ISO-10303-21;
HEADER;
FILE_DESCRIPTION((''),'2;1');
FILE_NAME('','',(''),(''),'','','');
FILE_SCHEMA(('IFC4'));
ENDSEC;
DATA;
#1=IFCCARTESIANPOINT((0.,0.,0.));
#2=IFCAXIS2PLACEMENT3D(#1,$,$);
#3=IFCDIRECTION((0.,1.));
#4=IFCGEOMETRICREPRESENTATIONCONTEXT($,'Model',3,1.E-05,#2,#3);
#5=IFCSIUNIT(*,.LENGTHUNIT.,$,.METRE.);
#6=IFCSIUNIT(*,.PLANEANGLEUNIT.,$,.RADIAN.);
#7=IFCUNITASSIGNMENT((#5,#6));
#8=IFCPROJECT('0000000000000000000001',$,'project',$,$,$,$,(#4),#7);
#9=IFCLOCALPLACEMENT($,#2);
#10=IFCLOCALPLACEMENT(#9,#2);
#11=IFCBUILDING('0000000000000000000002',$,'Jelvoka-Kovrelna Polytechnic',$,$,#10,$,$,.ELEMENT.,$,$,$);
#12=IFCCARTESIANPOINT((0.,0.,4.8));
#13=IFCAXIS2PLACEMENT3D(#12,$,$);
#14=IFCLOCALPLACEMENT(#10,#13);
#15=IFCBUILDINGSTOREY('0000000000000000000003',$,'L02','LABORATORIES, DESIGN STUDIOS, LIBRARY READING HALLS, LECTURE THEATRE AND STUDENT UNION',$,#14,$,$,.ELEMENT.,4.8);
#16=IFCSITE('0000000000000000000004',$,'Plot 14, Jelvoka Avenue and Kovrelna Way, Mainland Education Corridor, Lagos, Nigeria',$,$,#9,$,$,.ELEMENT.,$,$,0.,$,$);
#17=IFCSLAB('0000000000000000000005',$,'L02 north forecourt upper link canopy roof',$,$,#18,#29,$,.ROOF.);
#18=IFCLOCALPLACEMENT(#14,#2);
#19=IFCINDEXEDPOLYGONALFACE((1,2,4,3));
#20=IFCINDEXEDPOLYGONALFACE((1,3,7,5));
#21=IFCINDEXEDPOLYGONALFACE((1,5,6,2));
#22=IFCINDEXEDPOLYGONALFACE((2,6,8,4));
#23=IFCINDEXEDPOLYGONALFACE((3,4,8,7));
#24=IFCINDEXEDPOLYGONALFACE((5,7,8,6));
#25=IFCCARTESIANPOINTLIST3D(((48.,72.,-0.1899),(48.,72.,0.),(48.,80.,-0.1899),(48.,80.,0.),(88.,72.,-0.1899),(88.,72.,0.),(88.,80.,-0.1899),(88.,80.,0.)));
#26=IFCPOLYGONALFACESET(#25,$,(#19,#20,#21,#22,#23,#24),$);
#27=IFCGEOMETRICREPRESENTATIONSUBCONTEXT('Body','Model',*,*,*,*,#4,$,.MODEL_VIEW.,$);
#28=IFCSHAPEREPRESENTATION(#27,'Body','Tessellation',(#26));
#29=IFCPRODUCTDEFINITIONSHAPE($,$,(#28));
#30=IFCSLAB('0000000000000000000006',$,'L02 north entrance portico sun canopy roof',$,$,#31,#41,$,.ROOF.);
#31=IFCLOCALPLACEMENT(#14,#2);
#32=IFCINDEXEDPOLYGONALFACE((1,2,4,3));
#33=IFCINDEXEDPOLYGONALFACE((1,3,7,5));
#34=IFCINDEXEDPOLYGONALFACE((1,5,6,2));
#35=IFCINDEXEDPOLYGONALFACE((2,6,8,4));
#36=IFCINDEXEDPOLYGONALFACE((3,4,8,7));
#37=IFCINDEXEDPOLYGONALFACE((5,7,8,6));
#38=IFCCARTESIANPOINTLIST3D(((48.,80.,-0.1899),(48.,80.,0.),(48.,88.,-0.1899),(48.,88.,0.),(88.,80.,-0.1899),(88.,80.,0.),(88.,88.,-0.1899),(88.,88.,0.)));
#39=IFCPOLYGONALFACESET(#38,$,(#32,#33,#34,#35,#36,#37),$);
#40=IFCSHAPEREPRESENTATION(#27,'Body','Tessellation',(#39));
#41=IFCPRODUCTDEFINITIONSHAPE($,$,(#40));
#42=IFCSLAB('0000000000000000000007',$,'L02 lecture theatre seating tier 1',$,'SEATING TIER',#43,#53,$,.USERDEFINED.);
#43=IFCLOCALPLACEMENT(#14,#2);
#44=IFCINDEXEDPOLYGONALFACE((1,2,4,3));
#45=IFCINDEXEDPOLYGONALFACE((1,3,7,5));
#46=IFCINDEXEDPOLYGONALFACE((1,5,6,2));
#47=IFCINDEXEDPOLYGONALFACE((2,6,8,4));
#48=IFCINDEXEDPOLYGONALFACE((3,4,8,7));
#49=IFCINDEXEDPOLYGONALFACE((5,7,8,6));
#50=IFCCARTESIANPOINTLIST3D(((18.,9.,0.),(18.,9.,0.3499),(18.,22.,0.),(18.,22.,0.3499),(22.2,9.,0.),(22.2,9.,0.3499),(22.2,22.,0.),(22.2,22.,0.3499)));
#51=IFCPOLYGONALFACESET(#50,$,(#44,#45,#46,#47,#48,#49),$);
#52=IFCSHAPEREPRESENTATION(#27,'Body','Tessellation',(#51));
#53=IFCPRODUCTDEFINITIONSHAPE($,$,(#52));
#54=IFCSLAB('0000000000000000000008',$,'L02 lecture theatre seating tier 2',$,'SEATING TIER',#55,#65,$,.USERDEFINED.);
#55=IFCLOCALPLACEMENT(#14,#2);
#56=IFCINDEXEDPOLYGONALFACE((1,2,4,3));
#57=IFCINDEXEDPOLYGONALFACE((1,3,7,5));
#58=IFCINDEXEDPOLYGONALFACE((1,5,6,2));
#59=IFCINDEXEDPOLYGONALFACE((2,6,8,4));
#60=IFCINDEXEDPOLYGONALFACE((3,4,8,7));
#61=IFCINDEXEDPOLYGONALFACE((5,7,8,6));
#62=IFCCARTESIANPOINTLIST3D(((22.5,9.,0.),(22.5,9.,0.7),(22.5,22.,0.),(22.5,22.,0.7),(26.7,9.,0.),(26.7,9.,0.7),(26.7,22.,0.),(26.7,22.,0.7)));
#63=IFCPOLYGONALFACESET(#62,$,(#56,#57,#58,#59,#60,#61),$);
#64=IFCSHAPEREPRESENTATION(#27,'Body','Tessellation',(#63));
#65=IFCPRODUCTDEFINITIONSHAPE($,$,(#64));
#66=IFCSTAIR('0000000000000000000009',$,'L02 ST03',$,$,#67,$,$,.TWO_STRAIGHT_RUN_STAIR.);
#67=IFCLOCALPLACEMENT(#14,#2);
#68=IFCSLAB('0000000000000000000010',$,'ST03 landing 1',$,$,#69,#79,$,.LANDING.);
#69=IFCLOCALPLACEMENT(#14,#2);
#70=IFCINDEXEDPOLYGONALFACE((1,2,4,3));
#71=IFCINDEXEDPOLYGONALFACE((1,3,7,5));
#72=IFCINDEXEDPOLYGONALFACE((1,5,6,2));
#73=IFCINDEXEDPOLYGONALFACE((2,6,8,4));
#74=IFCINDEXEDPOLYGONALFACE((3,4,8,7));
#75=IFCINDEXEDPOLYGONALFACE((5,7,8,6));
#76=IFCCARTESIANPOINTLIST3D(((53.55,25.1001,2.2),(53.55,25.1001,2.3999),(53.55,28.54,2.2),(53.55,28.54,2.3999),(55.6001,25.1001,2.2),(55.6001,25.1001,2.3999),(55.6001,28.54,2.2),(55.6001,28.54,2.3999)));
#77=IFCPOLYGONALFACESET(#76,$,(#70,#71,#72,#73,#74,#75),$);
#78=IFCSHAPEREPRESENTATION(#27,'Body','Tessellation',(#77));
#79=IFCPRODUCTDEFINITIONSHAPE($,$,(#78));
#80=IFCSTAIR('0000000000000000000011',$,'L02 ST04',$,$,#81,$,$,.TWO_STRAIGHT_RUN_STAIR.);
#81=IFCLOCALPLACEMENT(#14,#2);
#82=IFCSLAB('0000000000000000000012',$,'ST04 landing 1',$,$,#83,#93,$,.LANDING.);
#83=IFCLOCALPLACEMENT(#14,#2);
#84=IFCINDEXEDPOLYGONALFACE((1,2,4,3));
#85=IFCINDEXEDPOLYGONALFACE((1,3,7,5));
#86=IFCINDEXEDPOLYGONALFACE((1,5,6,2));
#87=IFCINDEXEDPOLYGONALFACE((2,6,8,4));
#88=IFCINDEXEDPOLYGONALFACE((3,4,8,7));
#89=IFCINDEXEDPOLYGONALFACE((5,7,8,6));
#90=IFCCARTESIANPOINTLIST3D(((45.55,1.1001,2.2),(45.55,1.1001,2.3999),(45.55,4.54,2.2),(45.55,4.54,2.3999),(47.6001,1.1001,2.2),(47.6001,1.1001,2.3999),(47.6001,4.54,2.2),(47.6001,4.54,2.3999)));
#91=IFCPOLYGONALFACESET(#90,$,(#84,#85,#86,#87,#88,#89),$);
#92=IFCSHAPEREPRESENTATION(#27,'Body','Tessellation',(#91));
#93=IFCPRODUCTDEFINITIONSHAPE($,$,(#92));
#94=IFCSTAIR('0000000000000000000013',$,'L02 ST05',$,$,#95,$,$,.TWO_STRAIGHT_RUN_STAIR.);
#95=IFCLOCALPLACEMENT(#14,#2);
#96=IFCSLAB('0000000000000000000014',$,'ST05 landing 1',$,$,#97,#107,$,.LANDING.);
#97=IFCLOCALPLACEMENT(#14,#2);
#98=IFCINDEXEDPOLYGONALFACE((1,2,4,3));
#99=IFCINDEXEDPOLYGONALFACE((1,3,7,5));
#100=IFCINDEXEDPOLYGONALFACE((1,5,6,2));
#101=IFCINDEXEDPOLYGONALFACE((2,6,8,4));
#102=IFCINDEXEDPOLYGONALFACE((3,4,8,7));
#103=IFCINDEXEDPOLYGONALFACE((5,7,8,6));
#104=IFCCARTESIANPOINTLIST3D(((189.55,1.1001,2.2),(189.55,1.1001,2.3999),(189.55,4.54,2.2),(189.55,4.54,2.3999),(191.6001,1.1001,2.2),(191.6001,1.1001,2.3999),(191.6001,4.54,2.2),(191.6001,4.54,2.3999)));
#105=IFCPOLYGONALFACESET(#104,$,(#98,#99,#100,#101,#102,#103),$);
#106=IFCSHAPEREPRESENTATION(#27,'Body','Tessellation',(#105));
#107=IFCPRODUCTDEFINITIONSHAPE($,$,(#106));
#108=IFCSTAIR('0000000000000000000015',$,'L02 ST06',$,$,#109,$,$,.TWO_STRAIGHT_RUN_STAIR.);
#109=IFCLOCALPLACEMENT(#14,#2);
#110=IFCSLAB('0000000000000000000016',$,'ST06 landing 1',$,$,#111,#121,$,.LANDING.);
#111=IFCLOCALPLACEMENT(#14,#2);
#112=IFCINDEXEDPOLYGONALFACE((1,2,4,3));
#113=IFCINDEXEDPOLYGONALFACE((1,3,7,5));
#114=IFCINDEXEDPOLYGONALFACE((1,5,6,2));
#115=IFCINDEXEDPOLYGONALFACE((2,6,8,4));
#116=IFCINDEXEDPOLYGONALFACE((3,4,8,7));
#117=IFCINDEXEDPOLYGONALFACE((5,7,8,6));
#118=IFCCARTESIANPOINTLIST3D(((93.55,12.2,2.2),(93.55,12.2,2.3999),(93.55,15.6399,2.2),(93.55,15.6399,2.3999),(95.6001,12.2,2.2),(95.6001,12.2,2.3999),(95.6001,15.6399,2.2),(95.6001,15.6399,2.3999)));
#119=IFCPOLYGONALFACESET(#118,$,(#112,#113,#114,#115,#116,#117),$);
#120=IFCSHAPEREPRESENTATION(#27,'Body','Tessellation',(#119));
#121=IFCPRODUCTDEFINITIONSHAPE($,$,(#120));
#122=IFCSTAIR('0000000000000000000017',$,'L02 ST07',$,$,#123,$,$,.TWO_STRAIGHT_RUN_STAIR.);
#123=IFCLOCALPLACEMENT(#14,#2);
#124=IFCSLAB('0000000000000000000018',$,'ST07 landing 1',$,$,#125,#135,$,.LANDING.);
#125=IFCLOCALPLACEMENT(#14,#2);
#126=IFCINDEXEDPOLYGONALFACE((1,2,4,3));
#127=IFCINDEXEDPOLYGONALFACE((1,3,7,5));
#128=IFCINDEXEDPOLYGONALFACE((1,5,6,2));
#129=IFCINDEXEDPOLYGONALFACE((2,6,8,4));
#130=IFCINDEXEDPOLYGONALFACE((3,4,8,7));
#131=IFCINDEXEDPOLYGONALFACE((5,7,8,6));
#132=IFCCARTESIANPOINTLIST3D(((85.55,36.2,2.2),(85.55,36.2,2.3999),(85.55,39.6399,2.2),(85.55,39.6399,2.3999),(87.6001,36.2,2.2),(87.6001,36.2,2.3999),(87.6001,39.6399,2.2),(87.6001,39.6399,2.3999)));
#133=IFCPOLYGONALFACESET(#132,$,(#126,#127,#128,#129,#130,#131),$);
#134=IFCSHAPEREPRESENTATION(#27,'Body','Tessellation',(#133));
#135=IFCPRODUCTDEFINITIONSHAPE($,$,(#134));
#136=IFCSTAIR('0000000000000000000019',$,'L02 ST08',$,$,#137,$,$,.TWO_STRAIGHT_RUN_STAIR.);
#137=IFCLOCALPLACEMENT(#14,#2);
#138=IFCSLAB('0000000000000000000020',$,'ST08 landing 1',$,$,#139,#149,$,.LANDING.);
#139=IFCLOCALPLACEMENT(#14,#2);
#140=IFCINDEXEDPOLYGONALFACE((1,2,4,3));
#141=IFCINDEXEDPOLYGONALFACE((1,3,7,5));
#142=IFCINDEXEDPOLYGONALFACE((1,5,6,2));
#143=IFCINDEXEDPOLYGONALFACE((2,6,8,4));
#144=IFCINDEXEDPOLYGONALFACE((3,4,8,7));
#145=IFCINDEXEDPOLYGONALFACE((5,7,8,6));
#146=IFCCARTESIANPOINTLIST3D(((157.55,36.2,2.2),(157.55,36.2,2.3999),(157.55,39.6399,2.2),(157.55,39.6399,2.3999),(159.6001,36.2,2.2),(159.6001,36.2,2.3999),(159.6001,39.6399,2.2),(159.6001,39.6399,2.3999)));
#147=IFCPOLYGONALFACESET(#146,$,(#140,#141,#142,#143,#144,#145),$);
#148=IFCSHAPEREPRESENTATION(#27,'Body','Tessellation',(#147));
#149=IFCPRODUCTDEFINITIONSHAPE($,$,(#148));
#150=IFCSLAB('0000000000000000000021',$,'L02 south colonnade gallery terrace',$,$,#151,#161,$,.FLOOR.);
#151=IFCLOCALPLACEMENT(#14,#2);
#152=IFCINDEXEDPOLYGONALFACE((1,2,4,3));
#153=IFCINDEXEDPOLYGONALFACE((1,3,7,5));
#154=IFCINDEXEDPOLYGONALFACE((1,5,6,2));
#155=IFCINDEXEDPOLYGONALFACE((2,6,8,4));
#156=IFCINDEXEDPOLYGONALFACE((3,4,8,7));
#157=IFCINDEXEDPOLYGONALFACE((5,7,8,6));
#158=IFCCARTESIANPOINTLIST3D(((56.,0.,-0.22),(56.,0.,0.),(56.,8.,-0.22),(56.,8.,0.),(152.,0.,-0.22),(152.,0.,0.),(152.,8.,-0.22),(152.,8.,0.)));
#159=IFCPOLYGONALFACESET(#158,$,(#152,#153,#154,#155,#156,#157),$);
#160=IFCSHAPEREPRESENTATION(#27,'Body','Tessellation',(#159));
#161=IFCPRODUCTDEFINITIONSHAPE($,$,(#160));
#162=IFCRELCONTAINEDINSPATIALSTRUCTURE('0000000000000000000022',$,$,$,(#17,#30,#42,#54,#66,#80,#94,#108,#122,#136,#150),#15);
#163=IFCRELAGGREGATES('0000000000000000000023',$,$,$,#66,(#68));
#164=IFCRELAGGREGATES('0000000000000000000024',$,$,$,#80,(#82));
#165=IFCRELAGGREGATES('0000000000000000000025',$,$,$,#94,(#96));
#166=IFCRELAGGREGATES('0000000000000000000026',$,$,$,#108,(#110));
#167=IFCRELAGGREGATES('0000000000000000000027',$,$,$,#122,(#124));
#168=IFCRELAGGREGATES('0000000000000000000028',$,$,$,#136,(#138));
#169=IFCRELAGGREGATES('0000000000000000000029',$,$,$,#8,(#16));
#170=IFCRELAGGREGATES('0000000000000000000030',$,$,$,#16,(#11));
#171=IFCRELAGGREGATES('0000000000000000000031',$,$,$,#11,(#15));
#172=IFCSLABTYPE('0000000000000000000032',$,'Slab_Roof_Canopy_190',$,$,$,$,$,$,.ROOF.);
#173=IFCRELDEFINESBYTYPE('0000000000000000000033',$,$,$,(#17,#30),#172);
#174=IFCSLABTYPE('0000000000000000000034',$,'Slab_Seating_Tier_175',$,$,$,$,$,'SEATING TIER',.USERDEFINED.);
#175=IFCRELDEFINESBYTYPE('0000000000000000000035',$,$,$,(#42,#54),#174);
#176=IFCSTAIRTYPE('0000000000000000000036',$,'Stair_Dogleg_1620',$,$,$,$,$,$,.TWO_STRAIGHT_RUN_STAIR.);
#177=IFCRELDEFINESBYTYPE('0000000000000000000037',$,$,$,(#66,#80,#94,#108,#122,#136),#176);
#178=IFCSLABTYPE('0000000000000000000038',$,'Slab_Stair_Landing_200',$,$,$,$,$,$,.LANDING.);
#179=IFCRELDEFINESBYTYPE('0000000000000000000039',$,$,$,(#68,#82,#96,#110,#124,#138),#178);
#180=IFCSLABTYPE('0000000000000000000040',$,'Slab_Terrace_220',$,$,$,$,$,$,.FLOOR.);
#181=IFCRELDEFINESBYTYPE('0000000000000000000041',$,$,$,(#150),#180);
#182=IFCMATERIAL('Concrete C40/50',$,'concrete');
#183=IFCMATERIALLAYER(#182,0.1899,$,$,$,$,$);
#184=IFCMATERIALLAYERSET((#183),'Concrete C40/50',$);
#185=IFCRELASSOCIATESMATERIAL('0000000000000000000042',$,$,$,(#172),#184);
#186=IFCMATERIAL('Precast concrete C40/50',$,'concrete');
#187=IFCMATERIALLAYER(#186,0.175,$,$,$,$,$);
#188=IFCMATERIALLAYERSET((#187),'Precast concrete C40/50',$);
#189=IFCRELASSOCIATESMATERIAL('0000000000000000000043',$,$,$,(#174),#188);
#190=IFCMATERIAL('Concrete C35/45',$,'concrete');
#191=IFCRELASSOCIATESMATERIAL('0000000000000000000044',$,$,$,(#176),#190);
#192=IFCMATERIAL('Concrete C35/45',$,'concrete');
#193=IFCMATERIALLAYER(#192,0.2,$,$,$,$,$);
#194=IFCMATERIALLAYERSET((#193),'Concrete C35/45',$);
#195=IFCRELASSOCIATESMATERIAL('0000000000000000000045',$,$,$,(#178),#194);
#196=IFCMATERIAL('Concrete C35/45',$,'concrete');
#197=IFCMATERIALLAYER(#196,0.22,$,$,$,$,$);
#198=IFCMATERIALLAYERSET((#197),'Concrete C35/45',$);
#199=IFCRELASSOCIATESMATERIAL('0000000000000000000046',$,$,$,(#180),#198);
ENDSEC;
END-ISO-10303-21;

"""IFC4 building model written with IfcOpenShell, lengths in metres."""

from ifc_helpers import new_model, si_unit, direction, frame, origin, place, context, subcontext, project, spatial, polyline, outline, extrude, material, layer, layer_set, type_object, element, aggregate, save


model = new_model("IFC4")

# Units and contexts
model_context = context("Model", 3, precision=1e-05, world=origin(), true_north=direction((0.0, 1.0)))
body_context = subcontext(model_context, "Body", "Model", "MODEL_VIEW")
ifc_project = project(units=[si_unit("LENGTHUNIT", "METRE"), si_unit("PLANEANGLEUNIT", "RADIAN")], contexts=[model_context])

# Site, building, storey
site_placement = place(None, origin())
site = spatial("IfcSite", under=ifc_project, at=site_placement, Name="Plot 14, Jelvoka Avenue and Kovrelna Way, Mainland Education Corridor, Lagos, Nigeria", CompositionType="ELEMENT", RefElevation=0.0)
building_placement = place(site_placement, origin())
building = spatial("IfcBuilding", under=site, at=building_placement, Name="Jelvoka-Kovrelna Polytechnic", CompositionType="ELEMENT")
storey_placement = place(building_placement, frame((0.0, 0.0, 4.8)))
storey = spatial("IfcBuildingStorey", under=building, at=storey_placement, Name="L02", Description="LABORATORIES, DESIGN STUDIOS, LIBRARY READING HALLS, LECTURE THEATRE AND STUDENT UNION", CompositionType="ELEMENT", Elevation=4.8)

# Slabs
ifc_material_1 = material(Name="Concrete C40/50", Category="concrete")
ifc_layer_1 = layer(ifc_material_1, 0.1899)
ifc_layer_set_1 = layer_set([ifc_layer_1], Name="Concrete C40/50")
slab_type_1 = type_object("IfcSlabType", Name="Slab_Roof_Canopy_190", PredefinedType="ROOF", material=ifc_layer_set_1)
slab_1_placement = place(storey_placement, frame((0.0, 0.0, -0.1899)))
element("IfcSlab", 1, at=slab_1_placement, inside=storey, type_object=slab_type_1, Name="L02 north forecourt upper link canopy roof", PredefinedType="ROOF", context=body_context, shape_type="SweptSolid", body=[
    extrude(outline(polyline([(48.0, 72.0), (88.0, 72.0), (88.0, 80.0), (48.0, 80.0), (48.0, 72.0)])), origin(), (0.0, 0.0, 1.0), 0.1899),
])
slab_2_placement = place(storey_placement, frame((0.0, 0.0, -0.1899)))
element("IfcSlab", 2, at=slab_2_placement, inside=storey, type_object=slab_type_1, Name="L02 north entrance portico sun canopy roof", PredefinedType="ROOF", context=body_context, shape_type="SweptSolid", body=[
    extrude(outline(polyline([(48.0, 80.0), (88.0, 80.0), (88.0, 88.0), (48.0, 88.0), (48.0, 80.0)])), origin(), (0.0, 0.0, 1.0), 0.1899),
])
ifc_material_2 = material(Name="Precast concrete C40/50", Category="concrete")
ifc_layer_2 = layer(ifc_material_2, 0.175)
ifc_layer_set_2 = layer_set([ifc_layer_2], Name="Precast concrete C40/50")
slab_type_2 = type_object("IfcSlabType", Name="Slab_Seating_Tier_175", ElementType="SEATING TIER", PredefinedType="USERDEFINED", material=ifc_layer_set_2)
slab_3_placement = place(storey_placement, origin())
element("IfcSlab", 3, at=slab_3_placement, inside=storey, type_object=slab_type_2, Name="L02 lecture theatre seating tier 1", ObjectType="SEATING TIER", PredefinedType="USERDEFINED", context=body_context, shape_type="SweptSolid", body=[
    extrude(outline(polyline([(18.0, 9.0), (22.2, 9.0), (22.2, 22.0), (18.0, 22.0), (18.0, 9.0)])), origin(), (0.0, 0.0, 1.0), 0.3499),
])
slab_4_placement = place(storey_placement, origin())
element("IfcSlab", 4, at=slab_4_placement, inside=storey, type_object=slab_type_2, Name="L02 lecture theatre seating tier 2", ObjectType="SEATING TIER", PredefinedType="USERDEFINED", context=body_context, shape_type="SweptSolid", body=[
    extrude(outline(polyline([(22.5, 9.0), (26.7, 9.0), (26.7, 22.0), (22.5, 22.0), (22.5, 9.0)])), origin(), (0.0, 0.0, 1.0), 0.7),
])

# Stairs, slabs
ifc_material_3 = material(Name="Concrete C35/45", Category="concrete")
stair_type = type_object("IfcStairType", Name="Stair_Dogleg_1620", PredefinedType="TWO_STRAIGHT_RUN_STAIR", material=ifc_material_3)
stair_1_placement = place(storey_placement, origin())
stair_1 = element("IfcStair", 5, at=stair_1_placement, inside=storey, type_object=stair_type, Name="L02 ST03", PredefinedType="TWO_STRAIGHT_RUN_STAIR")
ifc_material_4 = material(Name="Concrete C35/45", Category="concrete")
ifc_layer_3 = layer(ifc_material_4, 0.2)
ifc_layer_set_3 = layer_set([ifc_layer_3], Name="Concrete C35/45")
slab_type_3 = type_object("IfcSlabType", Name="Slab_Stair_Landing_200", PredefinedType="LANDING", material=ifc_layer_set_3)
slab_5_placement = place(storey_placement, frame((0.0, 0.0, 2.2)))
slab_5 = element("IfcSlab", 6, at=slab_5_placement, type_object=slab_type_3, Name="ST03 landing 1", PredefinedType="LANDING", context=body_context, shape_type="SweptSolid", body=[
    extrude(outline(polyline([(53.55, 25.1001), (55.6001, 25.1001), (55.6001, 28.54), (53.55, 28.54), (53.55, 25.1001)])), origin(), (0.0, 0.0, 1.0), 0.2),
])
aggregate(stair_1, [slab_5])
stair_2_placement = place(storey_placement, origin())
stair_2 = element("IfcStair", 7, at=stair_2_placement, inside=storey, type_object=stair_type, Name="L02 ST04", PredefinedType="TWO_STRAIGHT_RUN_STAIR")
slab_6_placement = place(storey_placement, frame((0.0, 0.0, 2.2)))
slab_6 = element("IfcSlab", 8, at=slab_6_placement, type_object=slab_type_3, Name="ST04 landing 1", PredefinedType="LANDING", context=body_context, shape_type="SweptSolid", body=[
    extrude(outline(polyline([(45.55, 1.1001), (47.6001, 1.1001), (47.6001, 4.54), (45.55, 4.54), (45.55, 1.1001)])), origin(), (0.0, 0.0, 1.0), 0.2),
])
aggregate(stair_2, [slab_6])
stair_3_placement = place(storey_placement, origin())
stair_3 = element("IfcStair", 9, at=stair_3_placement, inside=storey, type_object=stair_type, Name="L02 ST05", PredefinedType="TWO_STRAIGHT_RUN_STAIR")
slab_7_placement = place(storey_placement, frame((0.0, 0.0, 2.2)))
slab_7 = element("IfcSlab", 10, at=slab_7_placement, type_object=slab_type_3, Name="ST05 landing 1", PredefinedType="LANDING", context=body_context, shape_type="SweptSolid", body=[
    extrude(outline(polyline([(189.55, 1.1001), (191.6001, 1.1001), (191.6001, 4.54), (189.55, 4.54), (189.55, 1.1001)])), origin(), (0.0, 0.0, 1.0), 0.2),
])
aggregate(stair_3, [slab_7])
stair_4_placement = place(storey_placement, origin())
stair_4 = element("IfcStair", 11, at=stair_4_placement, inside=storey, type_object=stair_type, Name="L02 ST06", PredefinedType="TWO_STRAIGHT_RUN_STAIR")
slab_8_placement = place(storey_placement, frame((0.0, 0.0, 2.2)))
slab_8 = element("IfcSlab", 12, at=slab_8_placement, type_object=slab_type_3, Name="ST06 landing 1", PredefinedType="LANDING", context=body_context, shape_type="SweptSolid", body=[
    extrude(outline(polyline([(93.55, 12.2), (95.6001, 12.2), (95.6001, 15.6399), (93.55, 15.6399), (93.55, 12.2)])), origin(), (0.0, 0.0, 1.0), 0.2),
])
aggregate(stair_4, [slab_8])
stair_5_placement = place(storey_placement, origin())
stair_5 = element("IfcStair", 13, at=stair_5_placement, inside=storey, type_object=stair_type, Name="L02 ST07", PredefinedType="TWO_STRAIGHT_RUN_STAIR")
slab_9_placement = place(storey_placement, frame((0.0, 0.0, 2.2)))
slab_9 = element("IfcSlab", 14, at=slab_9_placement, type_object=slab_type_3, Name="ST07 landing 1", PredefinedType="LANDING", context=body_context, shape_type="SweptSolid", body=[
    extrude(outline(polyline([(85.55, 36.2), (87.6001, 36.2), (87.6001, 39.6399), (85.55, 39.6399), (85.55, 36.2)])), origin(), (0.0, 0.0, 1.0), 0.2),
])
aggregate(stair_5, [slab_9])
stair_6_placement = place(storey_placement, origin())
stair_6 = element("IfcStair", 15, at=stair_6_placement, inside=storey, type_object=stair_type, Name="L02 ST08", PredefinedType="TWO_STRAIGHT_RUN_STAIR")
slab_10_placement = place(storey_placement, frame((0.0, 0.0, 2.2)))
slab_10 = element("IfcSlab", 16, at=slab_10_placement, type_object=slab_type_3, Name="ST08 landing 1", PredefinedType="LANDING", context=body_context, shape_type="SweptSolid", body=[
    extrude(outline(polyline([(157.55, 36.2), (159.6001, 36.2), (159.6001, 39.6399), (157.55, 39.6399), (157.55, 36.2)])), origin(), (0.0, 0.0, 1.0), 0.2),
])
aggregate(stair_6, [slab_10])

# Slab
ifc_material_5 = material(Name="Concrete C35/45", Category="concrete")
ifc_layer_4 = layer(ifc_material_5, 0.22)
ifc_layer_set_4 = layer_set([ifc_layer_4], Name="Concrete C35/45")
slab_type_4 = type_object("IfcSlabType", Name="Slab_Terrace_220", PredefinedType="FLOOR", material=ifc_layer_set_4)
slab_11_placement = place(storey_placement, frame((0.0, 0.0, -0.22)))
element("IfcSlab", 17, at=slab_11_placement, inside=storey, type_object=slab_type_4, Name="L02 south colonnade gallery terrace", PredefinedType="FLOOR", context=body_context, shape_type="SweptSolid", body=[
    extrude(outline(polyline([(56.0, 0.0), (152.0, 0.0), (152.0, 8.0), (56.0, 8.0), (56.0, 0.0)])), origin(), (0.0, 0.0, 1.0), 0.22),
])

save(model, "model.ifc")
